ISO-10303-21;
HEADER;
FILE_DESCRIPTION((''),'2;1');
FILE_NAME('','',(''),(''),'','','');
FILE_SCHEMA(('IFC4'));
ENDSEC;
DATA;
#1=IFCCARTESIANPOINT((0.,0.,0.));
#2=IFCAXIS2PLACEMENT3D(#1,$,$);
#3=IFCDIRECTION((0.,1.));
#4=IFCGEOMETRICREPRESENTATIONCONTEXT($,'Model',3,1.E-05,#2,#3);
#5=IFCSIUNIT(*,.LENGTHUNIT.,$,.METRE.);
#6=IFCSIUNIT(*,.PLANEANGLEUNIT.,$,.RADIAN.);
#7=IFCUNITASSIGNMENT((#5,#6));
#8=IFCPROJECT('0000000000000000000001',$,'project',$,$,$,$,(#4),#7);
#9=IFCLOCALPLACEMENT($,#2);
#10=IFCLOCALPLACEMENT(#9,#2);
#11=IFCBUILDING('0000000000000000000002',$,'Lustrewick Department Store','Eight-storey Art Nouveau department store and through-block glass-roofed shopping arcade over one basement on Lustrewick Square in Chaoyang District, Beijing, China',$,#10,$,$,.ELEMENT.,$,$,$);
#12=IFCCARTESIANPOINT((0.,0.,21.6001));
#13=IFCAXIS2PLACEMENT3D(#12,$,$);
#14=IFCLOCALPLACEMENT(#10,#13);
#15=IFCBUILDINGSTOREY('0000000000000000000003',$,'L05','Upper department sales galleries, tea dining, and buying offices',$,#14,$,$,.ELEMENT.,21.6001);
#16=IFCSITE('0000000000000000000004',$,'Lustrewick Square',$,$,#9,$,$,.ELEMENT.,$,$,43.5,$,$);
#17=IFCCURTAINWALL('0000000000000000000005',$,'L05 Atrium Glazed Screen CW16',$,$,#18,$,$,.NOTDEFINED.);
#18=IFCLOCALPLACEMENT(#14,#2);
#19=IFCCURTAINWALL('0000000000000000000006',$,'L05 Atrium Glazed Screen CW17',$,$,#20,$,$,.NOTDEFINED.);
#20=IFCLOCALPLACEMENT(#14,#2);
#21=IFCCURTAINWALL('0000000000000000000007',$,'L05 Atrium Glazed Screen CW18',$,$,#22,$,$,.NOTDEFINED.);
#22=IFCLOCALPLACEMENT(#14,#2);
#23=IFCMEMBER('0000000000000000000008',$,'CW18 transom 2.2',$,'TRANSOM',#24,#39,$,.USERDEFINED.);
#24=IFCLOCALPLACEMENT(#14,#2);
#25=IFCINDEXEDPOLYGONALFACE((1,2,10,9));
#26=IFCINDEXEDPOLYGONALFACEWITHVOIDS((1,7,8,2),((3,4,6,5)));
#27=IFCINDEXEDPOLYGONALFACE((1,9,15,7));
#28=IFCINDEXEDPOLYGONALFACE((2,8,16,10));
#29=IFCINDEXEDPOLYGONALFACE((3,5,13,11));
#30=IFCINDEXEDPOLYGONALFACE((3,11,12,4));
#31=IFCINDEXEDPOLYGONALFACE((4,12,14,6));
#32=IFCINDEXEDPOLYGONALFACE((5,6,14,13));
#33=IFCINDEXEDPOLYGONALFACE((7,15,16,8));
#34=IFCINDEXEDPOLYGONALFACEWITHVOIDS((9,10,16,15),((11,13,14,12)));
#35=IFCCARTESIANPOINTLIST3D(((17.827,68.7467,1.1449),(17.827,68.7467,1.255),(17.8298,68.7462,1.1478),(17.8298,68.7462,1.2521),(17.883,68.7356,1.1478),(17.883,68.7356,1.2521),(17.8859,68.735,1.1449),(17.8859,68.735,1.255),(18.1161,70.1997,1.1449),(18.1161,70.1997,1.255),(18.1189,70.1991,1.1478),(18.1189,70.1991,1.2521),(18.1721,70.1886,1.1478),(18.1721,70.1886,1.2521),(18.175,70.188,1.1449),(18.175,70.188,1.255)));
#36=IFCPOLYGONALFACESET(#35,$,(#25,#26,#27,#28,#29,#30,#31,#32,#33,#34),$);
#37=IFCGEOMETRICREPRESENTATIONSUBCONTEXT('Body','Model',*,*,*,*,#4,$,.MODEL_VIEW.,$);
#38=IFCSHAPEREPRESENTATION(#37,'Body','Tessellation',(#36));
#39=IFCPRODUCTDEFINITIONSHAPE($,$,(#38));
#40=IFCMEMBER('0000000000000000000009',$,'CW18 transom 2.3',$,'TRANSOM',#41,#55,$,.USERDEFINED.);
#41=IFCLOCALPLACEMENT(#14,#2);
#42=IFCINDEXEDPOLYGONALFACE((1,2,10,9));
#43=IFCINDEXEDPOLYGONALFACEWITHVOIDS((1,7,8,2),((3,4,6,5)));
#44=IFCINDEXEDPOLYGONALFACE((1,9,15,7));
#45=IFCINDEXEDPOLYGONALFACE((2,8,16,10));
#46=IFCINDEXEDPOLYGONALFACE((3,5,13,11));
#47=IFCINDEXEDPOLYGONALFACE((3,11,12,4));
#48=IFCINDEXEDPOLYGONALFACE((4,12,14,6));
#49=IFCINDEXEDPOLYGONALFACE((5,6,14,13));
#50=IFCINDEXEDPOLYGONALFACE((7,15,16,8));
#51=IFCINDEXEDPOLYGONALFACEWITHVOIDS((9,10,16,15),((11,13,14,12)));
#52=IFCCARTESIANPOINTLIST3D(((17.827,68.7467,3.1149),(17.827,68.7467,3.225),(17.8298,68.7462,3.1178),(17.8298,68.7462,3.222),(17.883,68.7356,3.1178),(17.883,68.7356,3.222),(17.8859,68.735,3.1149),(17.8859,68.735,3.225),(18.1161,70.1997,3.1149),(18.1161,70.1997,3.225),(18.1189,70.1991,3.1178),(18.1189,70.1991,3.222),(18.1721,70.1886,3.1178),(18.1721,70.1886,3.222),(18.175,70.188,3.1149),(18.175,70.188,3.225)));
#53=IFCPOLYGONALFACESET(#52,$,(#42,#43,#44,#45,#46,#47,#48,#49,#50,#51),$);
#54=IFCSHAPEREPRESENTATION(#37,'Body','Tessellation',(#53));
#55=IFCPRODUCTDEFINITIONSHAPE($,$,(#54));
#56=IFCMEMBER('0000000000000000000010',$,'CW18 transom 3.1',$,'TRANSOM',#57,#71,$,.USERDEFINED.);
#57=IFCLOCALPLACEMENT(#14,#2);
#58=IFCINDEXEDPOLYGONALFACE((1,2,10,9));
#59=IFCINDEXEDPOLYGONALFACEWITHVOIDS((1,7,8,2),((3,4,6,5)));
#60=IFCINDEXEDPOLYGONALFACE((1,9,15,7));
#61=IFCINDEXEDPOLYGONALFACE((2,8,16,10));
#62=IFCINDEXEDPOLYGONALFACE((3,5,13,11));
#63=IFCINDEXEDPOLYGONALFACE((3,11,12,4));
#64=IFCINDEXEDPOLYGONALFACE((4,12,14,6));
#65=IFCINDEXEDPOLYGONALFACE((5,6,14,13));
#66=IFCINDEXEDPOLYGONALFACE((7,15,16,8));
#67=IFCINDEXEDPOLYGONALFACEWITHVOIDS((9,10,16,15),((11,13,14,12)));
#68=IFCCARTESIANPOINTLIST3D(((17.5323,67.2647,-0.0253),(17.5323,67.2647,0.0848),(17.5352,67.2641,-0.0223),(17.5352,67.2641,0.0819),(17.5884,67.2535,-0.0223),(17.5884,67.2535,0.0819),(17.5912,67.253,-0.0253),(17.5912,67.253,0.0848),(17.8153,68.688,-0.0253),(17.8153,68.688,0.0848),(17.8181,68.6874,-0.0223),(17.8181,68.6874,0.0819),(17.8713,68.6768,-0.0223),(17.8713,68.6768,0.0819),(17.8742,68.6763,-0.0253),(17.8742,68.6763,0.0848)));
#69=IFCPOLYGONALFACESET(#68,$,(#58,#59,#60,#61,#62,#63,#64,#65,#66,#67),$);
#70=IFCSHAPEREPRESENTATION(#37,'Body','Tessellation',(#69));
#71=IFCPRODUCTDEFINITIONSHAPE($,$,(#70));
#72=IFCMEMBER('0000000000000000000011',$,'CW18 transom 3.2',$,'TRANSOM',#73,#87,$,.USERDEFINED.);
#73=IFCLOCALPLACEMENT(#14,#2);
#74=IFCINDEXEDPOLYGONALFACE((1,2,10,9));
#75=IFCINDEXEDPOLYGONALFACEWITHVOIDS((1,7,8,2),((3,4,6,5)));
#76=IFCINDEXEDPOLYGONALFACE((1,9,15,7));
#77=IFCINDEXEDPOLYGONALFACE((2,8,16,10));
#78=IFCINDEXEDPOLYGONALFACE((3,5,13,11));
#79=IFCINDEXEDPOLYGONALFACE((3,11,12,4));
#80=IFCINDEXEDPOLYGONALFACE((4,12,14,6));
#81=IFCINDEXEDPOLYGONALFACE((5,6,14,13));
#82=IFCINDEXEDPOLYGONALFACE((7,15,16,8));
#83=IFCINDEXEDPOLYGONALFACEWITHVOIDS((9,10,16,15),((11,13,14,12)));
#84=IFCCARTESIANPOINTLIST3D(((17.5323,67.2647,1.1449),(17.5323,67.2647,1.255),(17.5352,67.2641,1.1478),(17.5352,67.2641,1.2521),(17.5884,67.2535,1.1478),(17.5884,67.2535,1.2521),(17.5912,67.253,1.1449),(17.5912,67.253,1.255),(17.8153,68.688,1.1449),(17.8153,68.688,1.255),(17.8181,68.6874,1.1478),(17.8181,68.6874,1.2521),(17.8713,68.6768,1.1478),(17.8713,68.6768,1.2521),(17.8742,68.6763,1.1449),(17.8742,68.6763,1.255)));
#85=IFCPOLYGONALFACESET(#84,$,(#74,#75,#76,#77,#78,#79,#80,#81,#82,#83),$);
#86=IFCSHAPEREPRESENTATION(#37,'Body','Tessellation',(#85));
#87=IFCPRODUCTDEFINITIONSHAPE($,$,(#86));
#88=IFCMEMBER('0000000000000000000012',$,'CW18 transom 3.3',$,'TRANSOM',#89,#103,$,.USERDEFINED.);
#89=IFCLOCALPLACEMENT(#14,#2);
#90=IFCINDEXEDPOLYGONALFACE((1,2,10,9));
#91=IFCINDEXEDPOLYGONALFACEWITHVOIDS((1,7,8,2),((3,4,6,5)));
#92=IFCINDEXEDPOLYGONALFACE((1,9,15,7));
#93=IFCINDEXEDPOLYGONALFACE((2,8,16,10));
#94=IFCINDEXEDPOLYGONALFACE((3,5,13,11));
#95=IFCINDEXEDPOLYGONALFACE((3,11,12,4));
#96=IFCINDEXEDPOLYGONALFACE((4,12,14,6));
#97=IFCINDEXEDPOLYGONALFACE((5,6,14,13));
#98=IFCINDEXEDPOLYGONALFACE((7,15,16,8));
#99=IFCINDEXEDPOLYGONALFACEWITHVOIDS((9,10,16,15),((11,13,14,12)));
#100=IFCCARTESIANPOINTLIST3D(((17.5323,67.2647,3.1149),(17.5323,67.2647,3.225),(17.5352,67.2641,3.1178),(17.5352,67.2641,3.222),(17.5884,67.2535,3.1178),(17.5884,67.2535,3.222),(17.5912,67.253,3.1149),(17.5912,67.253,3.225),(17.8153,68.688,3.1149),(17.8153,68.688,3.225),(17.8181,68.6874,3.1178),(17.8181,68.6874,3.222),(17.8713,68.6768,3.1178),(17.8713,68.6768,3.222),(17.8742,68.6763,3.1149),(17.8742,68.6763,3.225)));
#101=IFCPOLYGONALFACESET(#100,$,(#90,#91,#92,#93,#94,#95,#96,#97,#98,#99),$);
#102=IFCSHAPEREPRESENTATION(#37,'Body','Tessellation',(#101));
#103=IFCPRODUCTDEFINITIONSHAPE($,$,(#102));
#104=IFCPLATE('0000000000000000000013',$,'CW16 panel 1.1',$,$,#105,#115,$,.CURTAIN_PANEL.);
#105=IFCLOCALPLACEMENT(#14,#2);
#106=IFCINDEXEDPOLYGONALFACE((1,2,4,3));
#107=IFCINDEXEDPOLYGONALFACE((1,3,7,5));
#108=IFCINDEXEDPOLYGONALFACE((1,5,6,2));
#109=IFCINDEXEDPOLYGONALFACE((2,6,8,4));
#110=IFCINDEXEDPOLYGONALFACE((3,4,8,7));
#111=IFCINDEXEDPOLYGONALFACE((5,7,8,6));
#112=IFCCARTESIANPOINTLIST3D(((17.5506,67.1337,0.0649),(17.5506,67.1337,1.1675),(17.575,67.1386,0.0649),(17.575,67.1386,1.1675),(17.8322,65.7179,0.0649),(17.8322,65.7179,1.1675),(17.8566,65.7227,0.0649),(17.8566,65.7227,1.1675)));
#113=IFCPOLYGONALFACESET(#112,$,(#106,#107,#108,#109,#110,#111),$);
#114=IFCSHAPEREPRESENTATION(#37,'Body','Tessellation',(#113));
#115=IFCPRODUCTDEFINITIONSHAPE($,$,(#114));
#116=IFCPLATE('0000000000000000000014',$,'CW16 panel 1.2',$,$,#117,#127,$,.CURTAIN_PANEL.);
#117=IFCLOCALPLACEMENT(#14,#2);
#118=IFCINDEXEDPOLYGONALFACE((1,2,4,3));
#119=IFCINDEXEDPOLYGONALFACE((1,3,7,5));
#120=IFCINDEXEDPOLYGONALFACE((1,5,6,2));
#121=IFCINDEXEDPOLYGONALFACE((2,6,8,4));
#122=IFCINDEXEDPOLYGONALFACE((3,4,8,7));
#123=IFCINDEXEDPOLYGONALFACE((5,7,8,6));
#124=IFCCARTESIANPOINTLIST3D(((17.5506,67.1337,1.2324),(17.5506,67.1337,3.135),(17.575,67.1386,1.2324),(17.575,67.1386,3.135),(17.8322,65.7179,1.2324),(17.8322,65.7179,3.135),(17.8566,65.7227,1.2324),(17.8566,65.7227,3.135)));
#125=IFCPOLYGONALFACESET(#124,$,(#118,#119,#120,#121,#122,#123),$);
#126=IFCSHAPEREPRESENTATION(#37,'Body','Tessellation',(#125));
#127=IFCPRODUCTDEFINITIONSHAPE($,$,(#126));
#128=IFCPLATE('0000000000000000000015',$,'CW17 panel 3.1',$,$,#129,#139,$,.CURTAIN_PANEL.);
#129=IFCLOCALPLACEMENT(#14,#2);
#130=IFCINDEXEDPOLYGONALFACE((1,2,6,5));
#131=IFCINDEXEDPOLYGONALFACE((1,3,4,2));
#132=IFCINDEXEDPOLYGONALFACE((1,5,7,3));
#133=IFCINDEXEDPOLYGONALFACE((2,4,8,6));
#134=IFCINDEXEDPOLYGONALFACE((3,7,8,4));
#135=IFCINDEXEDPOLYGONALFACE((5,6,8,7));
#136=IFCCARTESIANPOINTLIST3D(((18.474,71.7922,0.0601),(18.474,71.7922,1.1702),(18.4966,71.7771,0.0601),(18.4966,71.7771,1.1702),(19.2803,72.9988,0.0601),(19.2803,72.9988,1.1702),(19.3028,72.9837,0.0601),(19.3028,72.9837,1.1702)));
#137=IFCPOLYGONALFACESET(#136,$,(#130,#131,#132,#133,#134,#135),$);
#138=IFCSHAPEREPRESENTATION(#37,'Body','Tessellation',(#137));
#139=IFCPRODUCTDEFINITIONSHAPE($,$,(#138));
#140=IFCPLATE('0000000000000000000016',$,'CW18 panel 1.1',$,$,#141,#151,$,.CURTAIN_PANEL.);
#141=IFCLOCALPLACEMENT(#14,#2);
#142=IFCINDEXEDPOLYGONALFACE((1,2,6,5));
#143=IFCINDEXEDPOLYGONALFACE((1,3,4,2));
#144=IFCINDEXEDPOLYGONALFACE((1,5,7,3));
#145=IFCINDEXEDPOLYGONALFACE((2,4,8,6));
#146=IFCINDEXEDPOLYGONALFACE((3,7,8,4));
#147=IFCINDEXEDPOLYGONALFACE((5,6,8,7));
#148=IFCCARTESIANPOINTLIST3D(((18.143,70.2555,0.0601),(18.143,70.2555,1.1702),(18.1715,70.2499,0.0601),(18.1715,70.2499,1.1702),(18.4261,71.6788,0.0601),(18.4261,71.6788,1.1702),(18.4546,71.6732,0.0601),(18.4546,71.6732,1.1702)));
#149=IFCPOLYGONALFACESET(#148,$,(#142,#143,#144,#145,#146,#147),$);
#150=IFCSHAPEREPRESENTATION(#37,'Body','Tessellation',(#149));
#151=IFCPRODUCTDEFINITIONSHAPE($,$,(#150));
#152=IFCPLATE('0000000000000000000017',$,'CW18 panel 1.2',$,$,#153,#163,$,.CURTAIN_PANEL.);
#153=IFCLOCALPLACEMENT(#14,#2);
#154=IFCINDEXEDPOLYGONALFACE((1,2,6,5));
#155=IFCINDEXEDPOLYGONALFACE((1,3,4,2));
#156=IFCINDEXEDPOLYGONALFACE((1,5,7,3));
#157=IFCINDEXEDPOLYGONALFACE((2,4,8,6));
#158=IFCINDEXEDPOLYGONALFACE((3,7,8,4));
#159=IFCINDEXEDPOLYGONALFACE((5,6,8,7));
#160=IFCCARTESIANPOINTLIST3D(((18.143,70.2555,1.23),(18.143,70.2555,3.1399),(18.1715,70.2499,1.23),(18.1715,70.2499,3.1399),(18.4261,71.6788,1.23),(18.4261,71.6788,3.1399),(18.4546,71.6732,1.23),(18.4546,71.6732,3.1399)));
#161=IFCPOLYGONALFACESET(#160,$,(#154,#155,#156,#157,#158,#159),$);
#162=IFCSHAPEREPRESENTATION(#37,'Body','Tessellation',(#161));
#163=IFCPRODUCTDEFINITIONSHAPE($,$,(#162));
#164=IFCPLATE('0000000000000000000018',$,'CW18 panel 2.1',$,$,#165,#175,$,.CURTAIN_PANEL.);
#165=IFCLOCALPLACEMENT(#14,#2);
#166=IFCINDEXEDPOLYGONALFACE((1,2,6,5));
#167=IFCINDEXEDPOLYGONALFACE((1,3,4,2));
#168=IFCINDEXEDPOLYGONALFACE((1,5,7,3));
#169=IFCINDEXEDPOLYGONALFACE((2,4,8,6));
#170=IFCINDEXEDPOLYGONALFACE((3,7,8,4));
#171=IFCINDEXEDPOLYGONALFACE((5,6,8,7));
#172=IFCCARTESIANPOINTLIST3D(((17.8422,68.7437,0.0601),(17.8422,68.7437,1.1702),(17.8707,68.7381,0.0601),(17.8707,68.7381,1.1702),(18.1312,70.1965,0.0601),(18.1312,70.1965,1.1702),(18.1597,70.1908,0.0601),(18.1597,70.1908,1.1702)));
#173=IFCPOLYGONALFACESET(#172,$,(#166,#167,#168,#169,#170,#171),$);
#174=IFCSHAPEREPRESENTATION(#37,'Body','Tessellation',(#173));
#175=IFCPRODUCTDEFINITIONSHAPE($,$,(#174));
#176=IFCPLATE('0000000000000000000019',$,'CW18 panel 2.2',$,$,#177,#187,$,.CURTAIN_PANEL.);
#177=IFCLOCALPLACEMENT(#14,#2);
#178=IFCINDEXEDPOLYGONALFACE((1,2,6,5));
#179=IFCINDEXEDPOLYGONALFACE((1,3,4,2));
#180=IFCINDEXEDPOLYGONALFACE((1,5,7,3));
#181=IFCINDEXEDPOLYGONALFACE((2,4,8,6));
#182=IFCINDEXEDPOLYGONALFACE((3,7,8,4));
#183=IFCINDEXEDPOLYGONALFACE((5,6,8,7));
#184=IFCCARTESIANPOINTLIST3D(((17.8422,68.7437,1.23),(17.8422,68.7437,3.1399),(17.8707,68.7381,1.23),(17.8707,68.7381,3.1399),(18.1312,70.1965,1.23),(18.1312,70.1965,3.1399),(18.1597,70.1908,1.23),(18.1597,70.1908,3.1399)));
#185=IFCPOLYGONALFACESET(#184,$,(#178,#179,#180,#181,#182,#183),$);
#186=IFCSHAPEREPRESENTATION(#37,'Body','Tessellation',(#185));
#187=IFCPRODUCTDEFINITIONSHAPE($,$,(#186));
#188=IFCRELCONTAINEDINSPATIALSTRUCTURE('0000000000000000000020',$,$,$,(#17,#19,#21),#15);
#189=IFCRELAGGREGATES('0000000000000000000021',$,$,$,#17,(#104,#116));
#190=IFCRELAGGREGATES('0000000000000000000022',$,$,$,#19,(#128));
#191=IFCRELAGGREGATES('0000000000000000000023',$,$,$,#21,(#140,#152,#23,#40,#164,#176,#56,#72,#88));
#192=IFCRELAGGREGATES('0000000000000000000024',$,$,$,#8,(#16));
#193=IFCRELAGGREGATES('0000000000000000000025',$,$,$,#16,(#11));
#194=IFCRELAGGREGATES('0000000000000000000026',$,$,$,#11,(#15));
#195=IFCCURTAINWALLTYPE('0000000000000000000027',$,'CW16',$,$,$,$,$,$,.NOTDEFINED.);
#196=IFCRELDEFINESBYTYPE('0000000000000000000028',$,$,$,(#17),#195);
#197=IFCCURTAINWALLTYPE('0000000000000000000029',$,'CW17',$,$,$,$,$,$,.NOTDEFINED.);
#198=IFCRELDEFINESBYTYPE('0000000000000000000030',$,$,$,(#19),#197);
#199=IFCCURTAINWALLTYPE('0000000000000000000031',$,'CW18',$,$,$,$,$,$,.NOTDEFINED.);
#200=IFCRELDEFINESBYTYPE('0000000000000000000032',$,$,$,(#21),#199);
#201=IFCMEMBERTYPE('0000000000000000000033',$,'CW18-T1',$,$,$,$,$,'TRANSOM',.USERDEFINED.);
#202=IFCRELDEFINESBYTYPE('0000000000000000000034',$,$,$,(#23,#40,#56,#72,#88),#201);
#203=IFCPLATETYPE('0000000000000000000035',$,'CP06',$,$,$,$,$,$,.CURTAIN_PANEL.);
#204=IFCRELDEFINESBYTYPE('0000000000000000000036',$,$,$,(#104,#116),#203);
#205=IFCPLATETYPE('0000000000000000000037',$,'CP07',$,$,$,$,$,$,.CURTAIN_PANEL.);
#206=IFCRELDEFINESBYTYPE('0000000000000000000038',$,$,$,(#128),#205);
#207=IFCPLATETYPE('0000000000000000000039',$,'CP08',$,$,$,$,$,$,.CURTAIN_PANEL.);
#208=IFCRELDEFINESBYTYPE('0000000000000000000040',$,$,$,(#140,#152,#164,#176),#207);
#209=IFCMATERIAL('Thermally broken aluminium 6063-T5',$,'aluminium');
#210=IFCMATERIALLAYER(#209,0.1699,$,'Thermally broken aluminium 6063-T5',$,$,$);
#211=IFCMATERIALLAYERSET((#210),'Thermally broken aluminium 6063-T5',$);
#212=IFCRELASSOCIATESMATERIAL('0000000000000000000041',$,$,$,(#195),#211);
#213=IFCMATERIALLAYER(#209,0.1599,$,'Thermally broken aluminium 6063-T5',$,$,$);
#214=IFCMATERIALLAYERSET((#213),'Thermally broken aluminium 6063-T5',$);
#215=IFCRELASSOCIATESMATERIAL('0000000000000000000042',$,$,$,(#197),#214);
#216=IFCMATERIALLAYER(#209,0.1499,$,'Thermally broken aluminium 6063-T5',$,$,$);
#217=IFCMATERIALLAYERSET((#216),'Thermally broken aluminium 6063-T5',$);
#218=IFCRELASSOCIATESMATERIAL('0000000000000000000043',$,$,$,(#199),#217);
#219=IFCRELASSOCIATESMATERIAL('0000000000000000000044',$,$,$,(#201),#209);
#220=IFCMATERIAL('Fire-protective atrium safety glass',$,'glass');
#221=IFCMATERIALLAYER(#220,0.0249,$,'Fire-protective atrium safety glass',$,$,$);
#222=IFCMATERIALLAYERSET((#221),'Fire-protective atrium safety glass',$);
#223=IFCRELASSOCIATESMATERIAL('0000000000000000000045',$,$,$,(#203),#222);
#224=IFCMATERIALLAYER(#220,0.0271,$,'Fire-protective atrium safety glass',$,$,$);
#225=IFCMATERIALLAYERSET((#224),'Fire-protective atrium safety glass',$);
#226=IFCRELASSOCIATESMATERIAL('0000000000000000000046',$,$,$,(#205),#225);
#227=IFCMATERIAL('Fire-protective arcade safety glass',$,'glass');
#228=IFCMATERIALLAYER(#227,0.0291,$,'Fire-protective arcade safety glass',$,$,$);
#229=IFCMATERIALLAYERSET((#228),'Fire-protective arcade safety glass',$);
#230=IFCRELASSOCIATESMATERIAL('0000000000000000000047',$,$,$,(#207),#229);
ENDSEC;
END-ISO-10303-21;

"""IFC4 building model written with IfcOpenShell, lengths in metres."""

from ifc_helpers import new_model, si_unit, direction, frame, origin, origin_2d, place, context, subcontext, project, spatial, rectangle, hollow_rectangle, extrude, material, layer, layer_set, material_profile, profile_set, type_object, element, aggregate, save


model = new_model("IFC4")

# Units and contexts
model_context = context("Model", 3, precision=1e-05, world=origin(), true_north=direction((0.0, 1.0)))
body_context = subcontext(model_context, "Body", "Model", "MODEL_VIEW")
ifc_project = project(units=[si_unit("LENGTHUNIT", "METRE"), si_unit("PLANEANGLEUNIT", "RADIAN")], contexts=[model_context])

# Site, building, storey
site_placement = place(None, origin())
site = spatial("IfcSite", under=ifc_project, at=site_placement, Name="Lustrewick Square", CompositionType="ELEMENT", RefElevation=43.5)
building_placement = place(site_placement, origin())
building = spatial("IfcBuilding", under=site, at=building_placement, Name="Lustrewick Department Store", Description="Eight-storey Art Nouveau department store and through-block glass-roofed shopping arcade over one basement on Lustrewick Square in Chaoyang District, Beijing, China", CompositionType="ELEMENT")
storey_placement = place(building_placement, frame((0.0, 0.0, 21.6001)))
storey = spatial("IfcBuildingStorey", under=building, at=storey_placement, Name="L05", Description="Upper department sales galleries, tea dining, and buying offices", CompositionType="ELEMENT", Elevation=21.6001)

# Curtain wall
ifc_material_1 = material(Name="Thermally broken aluminium 6063-T5", Category="aluminium")
ifc_layer_1 = layer(ifc_material_1, 0.1699, Name="Thermally broken aluminium 6063-T5")
ifc_layer_set_1 = layer_set([ifc_layer_1], Name="Thermally broken aluminium 6063-T5")
curtain_wall_type_1 = type_object("IfcCurtainWallType", Name="CW16", PredefinedType="NOTDEFINED", material=ifc_layer_set_1)
curtain_wall_1_placement = place(storey_placement, origin())
curtain_wall_1 = element("IfcCurtainWall", 1, at=curtain_wall_1_placement, inside=storey, type_object=curtain_wall_type_1, Name="L05 Atrium Glazed Screen CW16", PredefinedType="NOTDEFINED")

# Curtain wall
ifc_layer_2 = layer(ifc_material_1, 0.1599, Name="Thermally broken aluminium 6063-T5")
ifc_layer_set_2 = layer_set([ifc_layer_2], Name="Thermally broken aluminium 6063-T5")
curtain_wall_type_2 = type_object("IfcCurtainWallType", Name="CW17", PredefinedType="NOTDEFINED", material=ifc_layer_set_2)
curtain_wall_2_placement = place(storey_placement, origin())
curtain_wall_2 = element("IfcCurtainWall", 2, at=curtain_wall_2_placement, inside=storey, type_object=curtain_wall_type_2, Name="L05 Atrium Glazed Screen CW17", PredefinedType="NOTDEFINED")

# Curtain wall, members
ifc_layer_3 = layer(ifc_material_1, 0.1499, Name="Thermally broken aluminium 6063-T5")
ifc_layer_set_3 = layer_set([ifc_layer_3], Name="Thermally broken aluminium 6063-T5")
curtain_wall_type_3 = type_object("IfcCurtainWallType", Name="CW18", PredefinedType="NOTDEFINED", material=ifc_layer_set_3)
curtain_wall_3_placement = place(storey_placement, origin())
curtain_wall_3 = element("IfcCurtainWall", 3, at=curtain_wall_3_placement, inside=storey, type_object=curtain_wall_type_3, Name="L05 Atrium Glazed Screen CW18", PredefinedType="NOTDEFINED")
ifc_material_profile_1 = material_profile(ifc_material_1, hollow_rectangle(XDim=0.0601, YDim=0.1101, WallThickness=0.0029, at=origin_2d()), Name="ALU-T 60x110x3")
ifc_profile_set_1 = profile_set([ifc_material_profile_1], Name="Thermally broken aluminium 6063-T5")
member_type_1 = type_object("IfcMemberType", Name="CW18-T1", ElementType="TRANSOM", PredefinedType="USERDEFINED", material=ifc_profile_set_1)
member_1_placement = place(storey_placement, frame((18.1455, 70.1938, 1.2), z_axis=(-0.195134, -0.980777, 0.0), x_axis=(0.980777, -0.195134, 0.0)))
member_1 = element("IfcMember", 4, at=member_1_placement, type_object=member_type_1, Name="CW18 transom 2.2", ObjectType="TRANSOM", PredefinedType="USERDEFINED", context=body_context, shape_type="SweptSolid", body=[
    extrude(hollow_rectangle(XDim=0.0601, YDim=0.1101, WallThickness=0.0029, at=origin_2d()), origin(), (0.0, 0.0, 1.0), 1.4814),
])
member_2_placement = place(storey_placement, frame((18.1455, 70.1938, 3.1699), z_axis=(-0.195134, -0.980777, 0.0), x_axis=(0.980777, -0.195134, 0.0)))
member_2 = element("IfcMember", 5, at=member_2_placement, type_object=member_type_1, Name="CW18 transom 2.3", ObjectType="TRANSOM", PredefinedType="USERDEFINED", context=body_context, shape_type="SweptSolid", body=[
    extrude(hollow_rectangle(XDim=0.0601, YDim=0.1101, WallThickness=0.0029, at=origin_2d()), origin(), (0.0, 0.0, 1.0), 1.4814),
])
member_3_placement = place(storey_placement, frame((17.8447, 68.6821, 0.0298), z_axis=(-0.194984, -0.980806, 0.0), x_axis=(0.980806, -0.194984, 0.0)))
member_3 = element("IfcMember", 6, at=member_3_placement, type_object=member_type_1, Name="CW18 transom 3.1", ObjectType="TRANSOM", PredefinedType="USERDEFINED", context=body_context, shape_type="SweptSolid", body=[
    extrude(hollow_rectangle(XDim=0.0601, YDim=0.1101, WallThickness=0.0029, at=origin_2d()), origin(), (0.0, 0.0, 1.0), 1.4512),
])
member_4_placement = place(storey_placement, frame((17.8447, 68.6821, 1.2), z_axis=(-0.194984, -0.980806, 0.0), x_axis=(0.980806, -0.194984, 0.0)))
member_4 = element("IfcMember", 7, at=member_4_placement, type_object=member_type_1, Name="CW18 transom 3.2", ObjectType="TRANSOM", PredefinedType="USERDEFINED", context=body_context, shape_type="SweptSolid", body=[
    extrude(hollow_rectangle(XDim=0.0601, YDim=0.1101, WallThickness=0.0029, at=origin_2d()), origin(), (0.0, 0.0, 1.0), 1.4512),
])
member_5_placement = place(storey_placement, frame((17.8447, 68.6821, 3.1699), z_axis=(-0.194984, -0.980806, 0.0), x_axis=(0.980806, -0.194984, 0.0)))
member_5 = element("IfcMember", 8, at=member_5_placement, type_object=member_type_1, Name="CW18 transom 3.3", ObjectType="TRANSOM", PredefinedType="USERDEFINED", context=body_context, shape_type="SweptSolid", body=[
    extrude(hollow_rectangle(XDim=0.0601, YDim=0.1101, WallThickness=0.0029, at=origin_2d()), origin(), (0.0, 0.0, 1.0), 1.4512),
])

# Plates
ifc_material_2 = material(Name="Fire-protective atrium safety glass", Category="glass")
ifc_layer_4 = layer(ifc_material_2, 0.0249, Name="Fire-protective atrium safety glass")
ifc_layer_set_4 = layer_set([ifc_layer_4], Name="Fire-protective atrium safety glass")
plate_type_1 = type_object("IfcPlateType", Name="CP06", PredefinedType="CURTAIN_PANEL", material=ifc_layer_set_4)
plate_1_placement = place(storey_placement, frame((17.7036, 66.4282, 0.0649), z_axis=(0.0, 0.0, 1.0), x_axis=(0.195085, -0.980786, 0.0)))
plate_1 = element("IfcPlate", 9, at=plate_1_placement, type_object=plate_type_1, Name="CW16 panel 1.1", PredefinedType="CURTAIN_PANEL", context=body_context, shape_type="SweptSolid", body=[
    extrude(rectangle(XDim=1.4436, YDim=0.0249, at=origin_2d()), origin(), (0.0, 0.0, 1.0), 1.1025),
])
plate_2_placement = place(storey_placement, frame((17.7036, 66.4282, 1.2324), z_axis=(0.0, 0.0, 1.0), x_axis=(0.195085, -0.980786, 0.0)))
plate_2 = element("IfcPlate", 10, at=plate_2_placement, type_object=plate_type_1, Name="CW16 panel 1.2", PredefinedType="CURTAIN_PANEL", context=body_context, shape_type="SweptSolid", body=[
    extrude(rectangle(XDim=1.4436, YDim=0.0249, at=origin_2d()), origin(), (0.0, 0.0, 1.0), 1.9026),
])
aggregate(curtain_wall_1, [plate_1, plate_2])
ifc_layer_5 = layer(ifc_material_2, 0.0271, Name="Fire-protective atrium safety glass")
ifc_layer_set_5 = layer_set([ifc_layer_5], Name="Fire-protective atrium safety glass")
plate_type_2 = type_object("IfcPlateType", Name="CP07", PredefinedType="CURTAIN_PANEL", material=ifc_layer_set_5)
plate_3_placement = place(storey_placement, frame((18.8884, 72.3879, 0.0601), z_axis=(0.0, 0.0, 1.0), x_axis=(-0.555578, -0.831464, 0.0)))
plate_3 = element("IfcPlate", 11, at=plate_3_placement, type_object=plate_type_2, Name="CW17 panel 3.1", PredefinedType="CURTAIN_PANEL", context=body_context, shape_type="SweptSolid", body=[
    extrude(rectangle(XDim=1.4512, YDim=0.0271, at=origin_2d()), origin(), (0.0, 0.0, 1.0), 1.1101),
])
aggregate(curtain_wall_2, [plate_3])
ifc_material_3 = material(Name="Fire-protective arcade safety glass", Category="glass")
ifc_layer_6 = layer(ifc_material_3, 0.0291, Name="Fire-protective arcade safety glass")
ifc_layer_set_6 = layer_set([ifc_layer_6], Name="Fire-protective arcade safety glass")
plate_type_3 = type_object("IfcPlateType", Name="CP08", PredefinedType="CURTAIN_PANEL", material=ifc_layer_set_6)
plate_4_placement = place(storey_placement, frame((18.2988, 70.9644, 0.0601), z_axis=(0.0, 0.0, 1.0), x_axis=(-0.195085, -0.980786, 0.0)))
plate_4 = element("IfcPlate", 12, at=plate_4_placement, type_object=plate_type_3, Name="CW18 panel 1.1", PredefinedType="CURTAIN_PANEL", context=body_context, shape_type="SweptSolid", body=[
    extrude(rectangle(XDim=1.4512, YDim=0.0291, at=origin_2d()), origin(), (0.0, 0.0, 1.0), 1.1101),
])
plate_5_placement = place(storey_placement, frame((18.2988, 70.9644, 1.23), z_axis=(0.0, 0.0, 1.0), x_axis=(-0.195085, -0.980786, 0.0)))
plate_5 = element("IfcPlate", 13, at=plate_5_placement, type_object=plate_type_3, Name="CW18 panel 1.2", PredefinedType="CURTAIN_PANEL", context=body_context, shape_type="SweptSolid", body=[
    extrude(rectangle(XDim=1.4512, YDim=0.0291, at=origin_2d()), origin(), (0.0, 0.0, 1.0), 1.9099),
])
plate_6_placement = place(storey_placement, frame((18.001, 69.4673, 0.0601), z_axis=(0.0, 0.0, 1.0), x_axis=(-0.195085, -0.980786, 0.0)))
plate_6 = element("IfcPlate", 14, at=plate_6_placement, type_object=plate_type_3, Name="CW18 panel 2.1", PredefinedType="CURTAIN_PANEL", context=body_context, shape_type="SweptSolid", body=[
    extrude(rectangle(XDim=1.4812, YDim=0.0291, at=origin_2d()), origin(), (0.0, 0.0, 1.0), 1.1101),
])
plate_7_placement = place(storey_placement, frame((18.001, 69.4673, 1.23), z_axis=(0.0, 0.0, 1.0), x_axis=(-0.195085, -0.980786, 0.0)))
plate_7 = element("IfcPlate", 15, at=plate_7_placement, type_object=plate_type_3, Name="CW18 panel 2.2", PredefinedType="CURTAIN_PANEL", context=body_context, shape_type="SweptSolid", body=[
    extrude(rectangle(XDim=1.4812, YDim=0.0291, at=origin_2d()), origin(), (0.0, 0.0, 1.0), 1.9099),
])
aggregate(curtain_wall_3, [plate_4, plate_5, member_1, member_2, plate_6, plate_7, member_3, member_4, member_5])

save(model, "model.ifc")
